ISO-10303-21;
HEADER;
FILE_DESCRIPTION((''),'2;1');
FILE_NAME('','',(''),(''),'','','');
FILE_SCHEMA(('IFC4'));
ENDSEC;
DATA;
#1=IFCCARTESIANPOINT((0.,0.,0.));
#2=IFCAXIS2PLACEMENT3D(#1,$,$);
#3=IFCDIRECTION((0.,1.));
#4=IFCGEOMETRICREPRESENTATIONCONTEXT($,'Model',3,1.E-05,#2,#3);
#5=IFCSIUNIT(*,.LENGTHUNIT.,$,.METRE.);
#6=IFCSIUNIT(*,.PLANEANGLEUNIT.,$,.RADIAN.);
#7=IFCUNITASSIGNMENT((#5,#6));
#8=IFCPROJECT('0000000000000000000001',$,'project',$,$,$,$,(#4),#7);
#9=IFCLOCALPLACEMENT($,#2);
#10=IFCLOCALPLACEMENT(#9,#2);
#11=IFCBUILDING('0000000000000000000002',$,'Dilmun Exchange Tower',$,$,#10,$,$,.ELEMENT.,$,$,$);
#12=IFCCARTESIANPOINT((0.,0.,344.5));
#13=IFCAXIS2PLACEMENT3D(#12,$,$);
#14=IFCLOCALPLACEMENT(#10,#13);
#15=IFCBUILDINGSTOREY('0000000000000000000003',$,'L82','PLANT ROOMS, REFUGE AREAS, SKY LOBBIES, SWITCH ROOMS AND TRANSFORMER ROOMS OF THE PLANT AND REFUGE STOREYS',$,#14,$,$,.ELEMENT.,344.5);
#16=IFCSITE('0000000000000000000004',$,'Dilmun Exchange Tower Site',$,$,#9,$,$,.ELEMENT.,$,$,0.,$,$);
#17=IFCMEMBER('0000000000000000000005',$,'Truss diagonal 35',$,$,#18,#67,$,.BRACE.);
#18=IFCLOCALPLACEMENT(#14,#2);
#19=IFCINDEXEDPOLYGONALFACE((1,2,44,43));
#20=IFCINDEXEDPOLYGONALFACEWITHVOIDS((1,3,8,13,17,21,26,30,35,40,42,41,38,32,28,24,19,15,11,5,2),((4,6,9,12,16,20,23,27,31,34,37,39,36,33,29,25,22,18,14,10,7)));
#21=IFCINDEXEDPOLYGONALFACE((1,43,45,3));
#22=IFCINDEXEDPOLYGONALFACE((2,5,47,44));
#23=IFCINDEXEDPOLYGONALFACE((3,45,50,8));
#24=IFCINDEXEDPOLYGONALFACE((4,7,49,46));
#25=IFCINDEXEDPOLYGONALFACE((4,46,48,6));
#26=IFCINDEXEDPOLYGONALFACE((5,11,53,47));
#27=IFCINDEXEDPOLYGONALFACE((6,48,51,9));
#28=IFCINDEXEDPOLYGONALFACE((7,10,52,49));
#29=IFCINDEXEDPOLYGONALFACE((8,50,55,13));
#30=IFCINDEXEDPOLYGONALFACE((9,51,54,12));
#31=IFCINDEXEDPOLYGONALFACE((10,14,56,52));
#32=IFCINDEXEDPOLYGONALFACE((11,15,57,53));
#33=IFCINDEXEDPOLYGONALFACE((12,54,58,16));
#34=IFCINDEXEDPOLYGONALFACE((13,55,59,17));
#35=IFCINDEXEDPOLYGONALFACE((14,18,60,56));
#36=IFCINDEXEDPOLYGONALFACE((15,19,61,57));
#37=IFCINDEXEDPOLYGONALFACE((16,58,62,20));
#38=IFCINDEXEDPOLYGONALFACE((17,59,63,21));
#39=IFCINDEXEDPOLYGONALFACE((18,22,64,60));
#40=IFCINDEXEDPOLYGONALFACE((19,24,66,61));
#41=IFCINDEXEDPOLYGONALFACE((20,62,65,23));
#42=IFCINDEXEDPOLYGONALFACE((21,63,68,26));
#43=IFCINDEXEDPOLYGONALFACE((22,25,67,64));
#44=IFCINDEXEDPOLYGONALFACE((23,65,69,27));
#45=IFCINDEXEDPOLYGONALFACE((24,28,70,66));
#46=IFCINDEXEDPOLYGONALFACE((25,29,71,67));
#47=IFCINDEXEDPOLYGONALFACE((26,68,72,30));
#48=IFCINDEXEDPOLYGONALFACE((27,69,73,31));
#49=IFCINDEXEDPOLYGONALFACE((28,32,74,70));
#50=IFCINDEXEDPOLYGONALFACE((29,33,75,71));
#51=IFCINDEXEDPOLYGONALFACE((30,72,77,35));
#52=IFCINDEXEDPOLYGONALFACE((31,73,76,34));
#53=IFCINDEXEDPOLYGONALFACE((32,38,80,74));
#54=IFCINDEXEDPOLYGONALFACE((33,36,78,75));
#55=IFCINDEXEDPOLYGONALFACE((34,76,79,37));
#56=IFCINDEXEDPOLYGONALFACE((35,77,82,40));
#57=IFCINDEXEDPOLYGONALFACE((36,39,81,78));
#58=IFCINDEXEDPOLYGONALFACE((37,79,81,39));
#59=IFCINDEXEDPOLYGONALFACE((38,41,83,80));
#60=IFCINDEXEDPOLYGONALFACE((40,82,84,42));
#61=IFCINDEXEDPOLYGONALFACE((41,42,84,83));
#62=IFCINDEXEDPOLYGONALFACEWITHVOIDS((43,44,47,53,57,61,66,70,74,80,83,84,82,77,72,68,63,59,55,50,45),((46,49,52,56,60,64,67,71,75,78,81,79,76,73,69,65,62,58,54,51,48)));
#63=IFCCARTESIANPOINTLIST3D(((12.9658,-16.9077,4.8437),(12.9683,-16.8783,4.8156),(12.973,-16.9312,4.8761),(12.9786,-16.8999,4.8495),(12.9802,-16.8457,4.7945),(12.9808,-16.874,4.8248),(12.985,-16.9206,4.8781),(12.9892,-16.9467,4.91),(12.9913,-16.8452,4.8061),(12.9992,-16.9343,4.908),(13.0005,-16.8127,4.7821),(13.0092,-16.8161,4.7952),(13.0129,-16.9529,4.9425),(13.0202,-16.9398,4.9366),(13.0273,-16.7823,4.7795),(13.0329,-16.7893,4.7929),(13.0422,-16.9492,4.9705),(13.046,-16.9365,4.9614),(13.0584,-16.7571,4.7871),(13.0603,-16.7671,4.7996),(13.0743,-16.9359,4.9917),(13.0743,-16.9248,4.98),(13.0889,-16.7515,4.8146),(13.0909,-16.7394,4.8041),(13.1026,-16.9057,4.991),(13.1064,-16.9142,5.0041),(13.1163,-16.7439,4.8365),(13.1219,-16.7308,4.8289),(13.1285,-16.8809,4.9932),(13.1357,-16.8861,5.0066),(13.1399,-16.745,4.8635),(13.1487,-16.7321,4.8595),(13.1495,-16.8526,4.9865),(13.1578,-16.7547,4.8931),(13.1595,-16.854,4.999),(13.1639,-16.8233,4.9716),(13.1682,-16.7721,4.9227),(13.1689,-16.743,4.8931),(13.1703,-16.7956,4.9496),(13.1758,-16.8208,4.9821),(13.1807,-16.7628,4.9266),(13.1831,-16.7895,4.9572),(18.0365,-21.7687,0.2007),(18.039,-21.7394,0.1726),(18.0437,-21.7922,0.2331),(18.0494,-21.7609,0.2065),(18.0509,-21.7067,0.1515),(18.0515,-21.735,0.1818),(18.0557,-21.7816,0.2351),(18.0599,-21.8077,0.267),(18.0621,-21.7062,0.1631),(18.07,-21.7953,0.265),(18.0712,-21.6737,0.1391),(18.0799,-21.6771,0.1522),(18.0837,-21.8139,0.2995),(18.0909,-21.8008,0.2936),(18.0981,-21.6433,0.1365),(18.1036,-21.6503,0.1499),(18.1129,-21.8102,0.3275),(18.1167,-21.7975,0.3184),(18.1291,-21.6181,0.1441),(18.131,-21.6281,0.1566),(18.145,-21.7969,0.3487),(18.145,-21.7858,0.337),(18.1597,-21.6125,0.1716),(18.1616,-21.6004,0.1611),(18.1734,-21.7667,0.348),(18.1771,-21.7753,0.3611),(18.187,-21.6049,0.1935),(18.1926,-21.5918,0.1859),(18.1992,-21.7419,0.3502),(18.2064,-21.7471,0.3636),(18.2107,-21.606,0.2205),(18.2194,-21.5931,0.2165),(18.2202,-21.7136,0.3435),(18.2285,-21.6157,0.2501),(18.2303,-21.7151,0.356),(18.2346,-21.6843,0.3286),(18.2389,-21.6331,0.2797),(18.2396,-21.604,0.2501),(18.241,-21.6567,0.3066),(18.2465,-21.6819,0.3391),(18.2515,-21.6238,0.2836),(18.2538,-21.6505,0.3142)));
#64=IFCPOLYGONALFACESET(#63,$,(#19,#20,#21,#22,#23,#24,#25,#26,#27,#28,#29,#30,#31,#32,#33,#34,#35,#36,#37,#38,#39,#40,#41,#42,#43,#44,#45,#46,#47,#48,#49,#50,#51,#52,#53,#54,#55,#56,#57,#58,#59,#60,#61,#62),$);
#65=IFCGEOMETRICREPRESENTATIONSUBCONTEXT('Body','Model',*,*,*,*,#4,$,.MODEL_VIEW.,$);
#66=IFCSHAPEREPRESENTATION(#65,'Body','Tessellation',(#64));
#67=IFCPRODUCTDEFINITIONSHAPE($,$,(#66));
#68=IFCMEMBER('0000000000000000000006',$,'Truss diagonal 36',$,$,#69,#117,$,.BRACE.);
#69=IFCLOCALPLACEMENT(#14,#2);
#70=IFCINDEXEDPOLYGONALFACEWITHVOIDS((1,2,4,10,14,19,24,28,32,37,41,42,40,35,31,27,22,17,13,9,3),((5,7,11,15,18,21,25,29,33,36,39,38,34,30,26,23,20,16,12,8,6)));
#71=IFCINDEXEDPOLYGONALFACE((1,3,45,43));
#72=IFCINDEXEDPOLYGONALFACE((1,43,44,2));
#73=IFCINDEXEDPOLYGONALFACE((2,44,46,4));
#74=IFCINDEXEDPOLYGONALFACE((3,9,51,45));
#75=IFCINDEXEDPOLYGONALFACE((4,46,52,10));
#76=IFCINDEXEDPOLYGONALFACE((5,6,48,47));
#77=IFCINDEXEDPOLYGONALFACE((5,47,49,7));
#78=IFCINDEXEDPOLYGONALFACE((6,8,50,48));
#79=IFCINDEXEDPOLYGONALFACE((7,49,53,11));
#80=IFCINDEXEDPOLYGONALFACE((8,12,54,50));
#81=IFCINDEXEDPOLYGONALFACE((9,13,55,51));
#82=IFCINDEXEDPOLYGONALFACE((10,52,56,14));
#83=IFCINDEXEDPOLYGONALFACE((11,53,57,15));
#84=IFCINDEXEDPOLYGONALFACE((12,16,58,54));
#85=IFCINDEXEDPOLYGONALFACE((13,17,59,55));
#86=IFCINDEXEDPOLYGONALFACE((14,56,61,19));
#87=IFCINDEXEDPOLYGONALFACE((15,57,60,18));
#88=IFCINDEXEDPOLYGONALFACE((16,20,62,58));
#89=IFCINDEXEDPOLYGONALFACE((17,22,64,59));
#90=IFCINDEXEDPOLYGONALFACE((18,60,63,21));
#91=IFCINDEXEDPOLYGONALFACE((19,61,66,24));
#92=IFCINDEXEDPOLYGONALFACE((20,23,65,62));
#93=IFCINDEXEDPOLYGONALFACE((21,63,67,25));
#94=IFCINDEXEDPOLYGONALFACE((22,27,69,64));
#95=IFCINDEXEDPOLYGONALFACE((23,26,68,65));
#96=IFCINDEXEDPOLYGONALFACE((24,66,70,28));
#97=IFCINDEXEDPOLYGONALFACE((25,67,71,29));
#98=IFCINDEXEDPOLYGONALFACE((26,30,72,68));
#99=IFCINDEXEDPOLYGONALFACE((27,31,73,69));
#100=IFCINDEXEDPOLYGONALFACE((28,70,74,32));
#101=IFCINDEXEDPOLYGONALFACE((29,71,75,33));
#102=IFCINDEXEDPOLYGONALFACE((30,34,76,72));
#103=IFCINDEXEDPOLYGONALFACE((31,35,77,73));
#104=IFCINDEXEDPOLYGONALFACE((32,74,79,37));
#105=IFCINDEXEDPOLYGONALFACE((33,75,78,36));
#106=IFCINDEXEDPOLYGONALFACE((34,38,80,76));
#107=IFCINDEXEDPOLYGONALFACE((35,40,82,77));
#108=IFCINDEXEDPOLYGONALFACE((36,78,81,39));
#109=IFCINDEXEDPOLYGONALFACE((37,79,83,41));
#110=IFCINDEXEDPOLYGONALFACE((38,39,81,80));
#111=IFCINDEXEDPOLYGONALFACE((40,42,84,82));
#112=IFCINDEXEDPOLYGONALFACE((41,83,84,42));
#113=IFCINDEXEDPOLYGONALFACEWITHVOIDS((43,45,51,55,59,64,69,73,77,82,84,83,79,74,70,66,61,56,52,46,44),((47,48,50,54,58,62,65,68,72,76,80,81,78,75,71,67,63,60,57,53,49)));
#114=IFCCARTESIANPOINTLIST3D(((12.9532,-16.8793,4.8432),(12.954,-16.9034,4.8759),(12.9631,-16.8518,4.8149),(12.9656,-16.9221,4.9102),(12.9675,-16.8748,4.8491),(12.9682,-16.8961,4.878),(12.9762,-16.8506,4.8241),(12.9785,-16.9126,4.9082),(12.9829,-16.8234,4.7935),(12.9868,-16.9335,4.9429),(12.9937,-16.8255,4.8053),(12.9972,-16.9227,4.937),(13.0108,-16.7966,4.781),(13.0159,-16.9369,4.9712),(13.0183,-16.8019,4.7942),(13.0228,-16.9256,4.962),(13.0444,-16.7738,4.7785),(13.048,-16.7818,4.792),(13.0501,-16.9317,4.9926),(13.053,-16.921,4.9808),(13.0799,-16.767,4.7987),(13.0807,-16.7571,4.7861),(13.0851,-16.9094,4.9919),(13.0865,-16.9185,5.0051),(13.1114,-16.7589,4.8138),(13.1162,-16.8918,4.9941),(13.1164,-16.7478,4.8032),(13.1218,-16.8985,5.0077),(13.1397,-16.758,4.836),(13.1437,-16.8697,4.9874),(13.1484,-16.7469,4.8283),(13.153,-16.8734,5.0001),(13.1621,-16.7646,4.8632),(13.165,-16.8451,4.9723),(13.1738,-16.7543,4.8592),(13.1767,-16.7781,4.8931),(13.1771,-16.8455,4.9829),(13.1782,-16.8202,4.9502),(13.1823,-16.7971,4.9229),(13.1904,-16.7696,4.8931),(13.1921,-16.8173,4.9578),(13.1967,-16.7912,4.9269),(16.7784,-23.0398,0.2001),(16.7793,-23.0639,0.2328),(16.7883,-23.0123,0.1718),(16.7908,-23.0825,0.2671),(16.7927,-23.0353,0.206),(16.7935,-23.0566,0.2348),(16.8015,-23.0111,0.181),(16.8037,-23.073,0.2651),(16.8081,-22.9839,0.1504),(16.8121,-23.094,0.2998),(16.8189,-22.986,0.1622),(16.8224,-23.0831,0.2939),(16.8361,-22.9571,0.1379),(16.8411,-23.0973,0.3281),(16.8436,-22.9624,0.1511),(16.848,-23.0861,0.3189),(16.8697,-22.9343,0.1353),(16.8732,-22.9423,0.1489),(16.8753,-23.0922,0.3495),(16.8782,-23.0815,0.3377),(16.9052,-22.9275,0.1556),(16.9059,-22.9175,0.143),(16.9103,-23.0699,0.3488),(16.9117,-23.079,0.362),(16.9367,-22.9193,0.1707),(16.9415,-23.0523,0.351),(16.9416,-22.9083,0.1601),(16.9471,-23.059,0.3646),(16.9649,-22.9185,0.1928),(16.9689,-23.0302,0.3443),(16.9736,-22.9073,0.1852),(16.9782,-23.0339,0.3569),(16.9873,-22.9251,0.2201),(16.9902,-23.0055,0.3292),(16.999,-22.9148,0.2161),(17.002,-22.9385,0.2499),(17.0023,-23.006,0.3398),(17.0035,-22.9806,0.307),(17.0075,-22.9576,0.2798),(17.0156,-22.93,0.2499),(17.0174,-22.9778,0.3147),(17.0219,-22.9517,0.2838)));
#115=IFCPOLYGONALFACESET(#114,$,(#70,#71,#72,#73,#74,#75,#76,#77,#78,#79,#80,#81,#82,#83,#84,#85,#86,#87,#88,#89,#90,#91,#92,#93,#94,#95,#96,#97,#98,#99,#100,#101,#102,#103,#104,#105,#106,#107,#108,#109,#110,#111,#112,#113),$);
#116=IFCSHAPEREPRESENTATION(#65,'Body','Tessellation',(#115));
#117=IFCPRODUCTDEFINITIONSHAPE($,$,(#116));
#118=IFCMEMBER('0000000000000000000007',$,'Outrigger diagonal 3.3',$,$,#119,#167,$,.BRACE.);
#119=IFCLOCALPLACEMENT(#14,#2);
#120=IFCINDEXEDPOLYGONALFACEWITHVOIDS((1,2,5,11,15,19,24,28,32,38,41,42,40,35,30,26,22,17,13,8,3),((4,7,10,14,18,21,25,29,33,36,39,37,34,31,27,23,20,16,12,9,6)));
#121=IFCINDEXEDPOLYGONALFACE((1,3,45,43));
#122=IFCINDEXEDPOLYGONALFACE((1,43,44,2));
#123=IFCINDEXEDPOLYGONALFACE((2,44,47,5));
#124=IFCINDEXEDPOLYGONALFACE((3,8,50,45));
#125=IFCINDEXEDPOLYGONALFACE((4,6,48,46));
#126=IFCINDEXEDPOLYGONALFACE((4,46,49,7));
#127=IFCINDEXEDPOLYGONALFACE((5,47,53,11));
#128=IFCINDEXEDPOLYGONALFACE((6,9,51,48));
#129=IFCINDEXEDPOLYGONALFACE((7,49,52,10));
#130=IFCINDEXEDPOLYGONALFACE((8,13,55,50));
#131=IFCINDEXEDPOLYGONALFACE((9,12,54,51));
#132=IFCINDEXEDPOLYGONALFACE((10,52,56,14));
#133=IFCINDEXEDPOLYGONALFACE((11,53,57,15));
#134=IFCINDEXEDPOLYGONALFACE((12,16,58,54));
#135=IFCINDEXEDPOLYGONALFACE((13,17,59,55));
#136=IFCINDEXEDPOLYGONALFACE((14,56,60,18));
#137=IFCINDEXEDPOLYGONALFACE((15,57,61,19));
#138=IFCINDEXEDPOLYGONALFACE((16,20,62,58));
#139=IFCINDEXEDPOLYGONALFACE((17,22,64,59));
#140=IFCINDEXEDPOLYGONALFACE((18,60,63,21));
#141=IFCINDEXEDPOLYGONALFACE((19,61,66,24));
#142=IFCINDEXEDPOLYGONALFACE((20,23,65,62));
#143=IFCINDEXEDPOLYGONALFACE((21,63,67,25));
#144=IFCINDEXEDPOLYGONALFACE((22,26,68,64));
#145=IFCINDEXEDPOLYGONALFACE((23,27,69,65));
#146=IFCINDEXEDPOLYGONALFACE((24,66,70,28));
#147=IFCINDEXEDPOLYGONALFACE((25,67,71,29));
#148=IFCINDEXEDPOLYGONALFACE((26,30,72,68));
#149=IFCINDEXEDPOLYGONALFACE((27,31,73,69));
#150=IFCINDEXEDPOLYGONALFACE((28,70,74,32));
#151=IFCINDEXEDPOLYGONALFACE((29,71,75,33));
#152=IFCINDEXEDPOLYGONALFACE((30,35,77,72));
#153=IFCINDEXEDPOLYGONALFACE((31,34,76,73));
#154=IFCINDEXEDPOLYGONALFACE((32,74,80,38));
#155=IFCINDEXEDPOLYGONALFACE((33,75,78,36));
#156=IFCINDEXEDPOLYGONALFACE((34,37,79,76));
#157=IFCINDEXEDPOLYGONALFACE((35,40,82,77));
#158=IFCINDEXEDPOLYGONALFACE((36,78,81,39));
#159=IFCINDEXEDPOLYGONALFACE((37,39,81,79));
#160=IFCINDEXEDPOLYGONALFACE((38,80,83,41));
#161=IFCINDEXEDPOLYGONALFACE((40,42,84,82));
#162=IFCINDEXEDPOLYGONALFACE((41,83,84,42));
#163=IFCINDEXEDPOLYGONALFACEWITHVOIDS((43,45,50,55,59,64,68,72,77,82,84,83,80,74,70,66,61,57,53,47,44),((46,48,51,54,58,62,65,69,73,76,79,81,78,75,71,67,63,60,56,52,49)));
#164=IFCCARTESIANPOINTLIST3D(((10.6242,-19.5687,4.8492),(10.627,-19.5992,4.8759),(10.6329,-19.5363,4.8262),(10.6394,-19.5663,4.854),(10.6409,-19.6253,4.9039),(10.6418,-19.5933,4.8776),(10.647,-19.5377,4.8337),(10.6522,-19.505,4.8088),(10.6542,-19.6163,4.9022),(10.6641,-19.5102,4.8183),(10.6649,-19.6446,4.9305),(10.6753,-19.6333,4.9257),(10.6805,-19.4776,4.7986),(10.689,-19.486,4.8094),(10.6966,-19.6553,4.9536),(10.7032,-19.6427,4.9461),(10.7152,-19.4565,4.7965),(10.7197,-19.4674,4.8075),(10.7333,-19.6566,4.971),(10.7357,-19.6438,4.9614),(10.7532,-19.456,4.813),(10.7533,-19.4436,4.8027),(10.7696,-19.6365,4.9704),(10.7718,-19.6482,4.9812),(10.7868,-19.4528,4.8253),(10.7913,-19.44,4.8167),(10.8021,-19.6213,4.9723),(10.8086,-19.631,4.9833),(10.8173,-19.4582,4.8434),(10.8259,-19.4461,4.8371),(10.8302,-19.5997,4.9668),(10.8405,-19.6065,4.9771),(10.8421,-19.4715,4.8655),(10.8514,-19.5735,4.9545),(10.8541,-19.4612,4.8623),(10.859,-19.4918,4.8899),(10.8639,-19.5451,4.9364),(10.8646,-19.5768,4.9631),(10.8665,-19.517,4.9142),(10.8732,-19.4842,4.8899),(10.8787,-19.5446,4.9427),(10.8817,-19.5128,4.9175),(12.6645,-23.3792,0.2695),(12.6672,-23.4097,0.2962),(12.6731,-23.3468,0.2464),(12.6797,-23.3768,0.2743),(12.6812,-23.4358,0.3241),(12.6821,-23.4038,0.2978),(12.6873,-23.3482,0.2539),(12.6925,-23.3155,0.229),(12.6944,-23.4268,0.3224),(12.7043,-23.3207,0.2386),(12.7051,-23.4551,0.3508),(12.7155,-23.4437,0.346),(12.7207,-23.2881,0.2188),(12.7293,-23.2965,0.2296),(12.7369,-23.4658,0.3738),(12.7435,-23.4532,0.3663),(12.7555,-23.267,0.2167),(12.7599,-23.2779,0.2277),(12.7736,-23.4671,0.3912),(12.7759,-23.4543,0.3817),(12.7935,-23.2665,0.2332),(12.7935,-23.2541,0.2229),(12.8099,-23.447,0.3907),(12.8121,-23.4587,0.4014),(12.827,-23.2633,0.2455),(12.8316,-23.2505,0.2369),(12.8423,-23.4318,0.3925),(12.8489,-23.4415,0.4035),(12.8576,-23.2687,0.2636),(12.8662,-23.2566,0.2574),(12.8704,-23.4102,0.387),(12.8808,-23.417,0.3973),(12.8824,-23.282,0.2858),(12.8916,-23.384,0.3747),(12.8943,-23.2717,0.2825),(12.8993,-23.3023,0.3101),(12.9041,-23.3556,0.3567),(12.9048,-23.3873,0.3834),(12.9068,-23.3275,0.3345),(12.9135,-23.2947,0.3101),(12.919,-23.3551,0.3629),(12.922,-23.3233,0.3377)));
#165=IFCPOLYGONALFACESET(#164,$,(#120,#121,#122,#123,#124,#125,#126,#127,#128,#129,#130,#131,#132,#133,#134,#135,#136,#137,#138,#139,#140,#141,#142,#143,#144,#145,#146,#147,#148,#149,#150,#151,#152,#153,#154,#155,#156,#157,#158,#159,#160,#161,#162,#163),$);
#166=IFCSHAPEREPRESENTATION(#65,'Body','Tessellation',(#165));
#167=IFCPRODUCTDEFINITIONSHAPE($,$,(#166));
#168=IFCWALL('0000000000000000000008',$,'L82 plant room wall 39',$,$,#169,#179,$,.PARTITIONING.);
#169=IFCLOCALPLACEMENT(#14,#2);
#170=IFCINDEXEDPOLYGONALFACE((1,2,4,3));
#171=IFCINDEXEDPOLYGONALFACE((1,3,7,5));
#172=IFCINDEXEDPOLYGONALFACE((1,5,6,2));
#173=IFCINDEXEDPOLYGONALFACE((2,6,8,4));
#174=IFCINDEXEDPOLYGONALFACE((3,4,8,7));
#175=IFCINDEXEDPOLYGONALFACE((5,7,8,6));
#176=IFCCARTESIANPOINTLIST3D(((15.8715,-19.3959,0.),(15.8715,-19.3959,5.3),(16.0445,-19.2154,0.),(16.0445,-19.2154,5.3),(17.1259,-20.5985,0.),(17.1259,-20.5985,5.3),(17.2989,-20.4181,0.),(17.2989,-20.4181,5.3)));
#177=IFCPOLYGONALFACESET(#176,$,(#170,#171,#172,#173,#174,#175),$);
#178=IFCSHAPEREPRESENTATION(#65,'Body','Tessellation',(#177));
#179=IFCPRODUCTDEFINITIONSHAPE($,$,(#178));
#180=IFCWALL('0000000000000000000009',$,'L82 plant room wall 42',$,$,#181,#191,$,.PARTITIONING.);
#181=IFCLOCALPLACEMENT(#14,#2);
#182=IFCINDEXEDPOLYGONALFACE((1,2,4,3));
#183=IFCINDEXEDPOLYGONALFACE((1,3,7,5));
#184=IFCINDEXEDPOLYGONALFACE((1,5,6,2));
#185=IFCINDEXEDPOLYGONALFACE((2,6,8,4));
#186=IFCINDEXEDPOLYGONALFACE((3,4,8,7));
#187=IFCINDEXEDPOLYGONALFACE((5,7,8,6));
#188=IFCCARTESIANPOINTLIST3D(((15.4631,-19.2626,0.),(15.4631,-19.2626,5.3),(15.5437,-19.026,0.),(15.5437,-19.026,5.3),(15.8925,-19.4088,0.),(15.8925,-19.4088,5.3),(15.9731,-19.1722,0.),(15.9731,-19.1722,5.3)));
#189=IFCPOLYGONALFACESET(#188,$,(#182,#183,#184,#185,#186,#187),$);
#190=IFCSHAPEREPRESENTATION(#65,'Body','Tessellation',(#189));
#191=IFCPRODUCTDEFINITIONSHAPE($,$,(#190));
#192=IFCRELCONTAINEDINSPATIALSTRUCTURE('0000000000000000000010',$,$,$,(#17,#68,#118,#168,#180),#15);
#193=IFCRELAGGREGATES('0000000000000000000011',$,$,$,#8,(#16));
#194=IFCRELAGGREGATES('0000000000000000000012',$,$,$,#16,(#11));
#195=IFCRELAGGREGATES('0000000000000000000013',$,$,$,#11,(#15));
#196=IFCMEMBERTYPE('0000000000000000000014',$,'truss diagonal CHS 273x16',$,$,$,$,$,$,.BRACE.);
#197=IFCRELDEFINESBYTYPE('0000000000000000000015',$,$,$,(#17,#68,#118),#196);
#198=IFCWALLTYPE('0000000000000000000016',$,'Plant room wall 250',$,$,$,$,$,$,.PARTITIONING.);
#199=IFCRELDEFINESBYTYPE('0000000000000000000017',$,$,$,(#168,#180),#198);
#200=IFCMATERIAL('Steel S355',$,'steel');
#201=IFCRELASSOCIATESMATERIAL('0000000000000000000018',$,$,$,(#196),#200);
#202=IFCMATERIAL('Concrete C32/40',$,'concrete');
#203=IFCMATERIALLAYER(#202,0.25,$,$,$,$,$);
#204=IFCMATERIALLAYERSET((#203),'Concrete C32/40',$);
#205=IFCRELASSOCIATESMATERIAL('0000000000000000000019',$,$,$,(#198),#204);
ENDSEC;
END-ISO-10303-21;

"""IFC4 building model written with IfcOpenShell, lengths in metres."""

from ifc_helpers import new_model, si_unit, direction, frame, frame_2d, origin, origin_2d, place, context, subcontext, project, spatial, rectangle, hollow_circle, extrude, material, layer, layer_set, material_profile, profile_set, type_object, element, save


model = new_model("IFC4")

# Units and contexts
model_context = context("Model", 3, precision=1e-05, world=origin(), true_north=direction((0.0, 1.0)))
body_context = subcontext(model_context, "Body", "Model", "MODEL_VIEW")
ifc_project = project(units=[si_unit("LENGTHUNIT", "METRE"), si_unit("PLANEANGLEUNIT", "RADIAN")], contexts=[model_context])

# Site, building, storey
site_placement = place(None, origin())
site = spatial("IfcSite", under=ifc_project, at=site_placement, Name="Dilmun Exchange Tower Site", CompositionType="ELEMENT", RefElevation=0.0)
building_placement = place(site_placement, origin())
building = spatial("IfcBuilding", under=site, at=building_placement, Name="Dilmun Exchange Tower", CompositionType="ELEMENT")
storey_placement = place(building_placement, frame((0.0, 0.0, 344.5)))
storey = spatial("IfcBuildingStorey", under=building, at=storey_placement, Name="L82", Description="PLANT ROOMS, REFUGE AREAS, SKY LOBBIES, SWITCH ROOMS AND TRANSFORMER ROOMS OF THE PLANT AND REFUGE STOREYS", CompositionType="ELEMENT", Elevation=344.5)

# Shared definitions
ifc_material_1 = material(Name="Steel S355", Category="steel")

# Members
ifc_material_profile_1 = material_profile(ifc_material_1, hollow_circle(Radius=0.1365, WallThickness=0.0161, at=origin_2d()), Name="CHS 273x16")
ifc_profile_set_1 = profile_set([ifc_material_profile_1], Name="Steel S355")
member_type_1 = type_object("IfcMemberType", Name="truss diagonal CHS 273x16", PredefinedType="BRACE", material=ifc_profile_set_1)
member_1_placement = place(storey_placement, frame((13.0745, -16.8416, 4.8931), z_axis=(0.602212, -0.577306, -0.551414), x_axis=(0.692022, 0.721877, 0.0)))
element("IfcMember", 1, at=member_1_placement, inside=storey, type_object=member_type_1, Name="Truss diagonal 35", PredefinedType="BRACE", context=body_context, shape_type="SweptSolid", body=[
    extrude(hollow_circle(Radius=0.1365, WallThickness=0.0161, at=origin_2d()), origin(), (0.0, 0.0, 1.0), 8.4202),
])
member_2_placement = place(storey_placement, frame((13.0745, -16.8416, 4.8931), z_axis=(0.444248, -0.715452, -0.539233), x_axis=(0.849548, 0.527512, 0.0)))
element("IfcMember", 2, at=member_2_placement, inside=storey, type_object=member_type_1, Name="Truss diagonal 36", PredefinedType="BRACE", context=body_context, shape_type="SweptSolid", body=[
    extrude(hollow_circle(Radius=0.1365, WallThickness=0.0161, at=origin_2d()), origin(), (0.0, 0.0, 1.0), 8.6106),
])
member_3_placement = place(storey_placement, frame((10.7529, -19.5486, 4.8899), z_axis=(0.323986, -0.605093, -0.727252), x_axis=(0.881584, 0.472027, 0.0)))
element("IfcMember", 3, at=member_3_placement, inside=storey, type_object=member_type_1, Name="Outrigger diagonal 3.3", PredefinedType="BRACE", context=body_context, shape_type="SweptSolid", body=[
    extrude(hollow_circle(Radius=0.1365, WallThickness=0.0161, at=origin_2d()), origin(), (0.0, 0.0, 1.0), 6.2974),
])

# Walls
ifc_material_2 = material(Name="Concrete C32/40", Category="concrete")
ifc_layer_1 = layer(ifc_material_2, 0.25)
ifc_layer_set_1 = layer_set([ifc_layer_1], Name="Concrete C32/40")
wall_type = type_object("IfcWallType", Name="Plant room wall 250", PredefinedType="PARTITIONING", material=ifc_layer_set_1)
wall_1_placement = place(storey_placement, frame((15.958, -19.3057, 0.0), z_axis=(0.0, 0.0, 1.0), x_axis=(0.721842, -0.692058, 0.0)))
element("IfcWall", 4, at=wall_1_placement, inside=storey, type_object=wall_type, Name="L82 plant room wall 39", PredefinedType="PARTITIONING", context=body_context, shape_type="SweptSolid", body=[
    extrude(rectangle(XDim=1.7378, YDim=0.25, at=frame_2d((0.8689, 0.0))), origin(), (0.0, 0.0, 1.0), 5.3),
])
wall_2_placement = place(storey_placement, frame((15.5034, -19.1443, 0.0), z_axis=(0.0, 0.0, 1.0), x_axis=(0.946618, -0.322356, 0.0)))
element("IfcWall", 5, at=wall_2_placement, inside=storey, type_object=wall_type, Name="L82 plant room wall 42", PredefinedType="PARTITIONING", context=body_context, shape_type="SweptSolid", body=[
    extrude(rectangle(XDim=0.4536, YDim=0.25, at=frame_2d((0.2268, 0.0))), origin(), (0.0, 0.0, 1.0), 5.3),
])

save(model, "model.ifc")
